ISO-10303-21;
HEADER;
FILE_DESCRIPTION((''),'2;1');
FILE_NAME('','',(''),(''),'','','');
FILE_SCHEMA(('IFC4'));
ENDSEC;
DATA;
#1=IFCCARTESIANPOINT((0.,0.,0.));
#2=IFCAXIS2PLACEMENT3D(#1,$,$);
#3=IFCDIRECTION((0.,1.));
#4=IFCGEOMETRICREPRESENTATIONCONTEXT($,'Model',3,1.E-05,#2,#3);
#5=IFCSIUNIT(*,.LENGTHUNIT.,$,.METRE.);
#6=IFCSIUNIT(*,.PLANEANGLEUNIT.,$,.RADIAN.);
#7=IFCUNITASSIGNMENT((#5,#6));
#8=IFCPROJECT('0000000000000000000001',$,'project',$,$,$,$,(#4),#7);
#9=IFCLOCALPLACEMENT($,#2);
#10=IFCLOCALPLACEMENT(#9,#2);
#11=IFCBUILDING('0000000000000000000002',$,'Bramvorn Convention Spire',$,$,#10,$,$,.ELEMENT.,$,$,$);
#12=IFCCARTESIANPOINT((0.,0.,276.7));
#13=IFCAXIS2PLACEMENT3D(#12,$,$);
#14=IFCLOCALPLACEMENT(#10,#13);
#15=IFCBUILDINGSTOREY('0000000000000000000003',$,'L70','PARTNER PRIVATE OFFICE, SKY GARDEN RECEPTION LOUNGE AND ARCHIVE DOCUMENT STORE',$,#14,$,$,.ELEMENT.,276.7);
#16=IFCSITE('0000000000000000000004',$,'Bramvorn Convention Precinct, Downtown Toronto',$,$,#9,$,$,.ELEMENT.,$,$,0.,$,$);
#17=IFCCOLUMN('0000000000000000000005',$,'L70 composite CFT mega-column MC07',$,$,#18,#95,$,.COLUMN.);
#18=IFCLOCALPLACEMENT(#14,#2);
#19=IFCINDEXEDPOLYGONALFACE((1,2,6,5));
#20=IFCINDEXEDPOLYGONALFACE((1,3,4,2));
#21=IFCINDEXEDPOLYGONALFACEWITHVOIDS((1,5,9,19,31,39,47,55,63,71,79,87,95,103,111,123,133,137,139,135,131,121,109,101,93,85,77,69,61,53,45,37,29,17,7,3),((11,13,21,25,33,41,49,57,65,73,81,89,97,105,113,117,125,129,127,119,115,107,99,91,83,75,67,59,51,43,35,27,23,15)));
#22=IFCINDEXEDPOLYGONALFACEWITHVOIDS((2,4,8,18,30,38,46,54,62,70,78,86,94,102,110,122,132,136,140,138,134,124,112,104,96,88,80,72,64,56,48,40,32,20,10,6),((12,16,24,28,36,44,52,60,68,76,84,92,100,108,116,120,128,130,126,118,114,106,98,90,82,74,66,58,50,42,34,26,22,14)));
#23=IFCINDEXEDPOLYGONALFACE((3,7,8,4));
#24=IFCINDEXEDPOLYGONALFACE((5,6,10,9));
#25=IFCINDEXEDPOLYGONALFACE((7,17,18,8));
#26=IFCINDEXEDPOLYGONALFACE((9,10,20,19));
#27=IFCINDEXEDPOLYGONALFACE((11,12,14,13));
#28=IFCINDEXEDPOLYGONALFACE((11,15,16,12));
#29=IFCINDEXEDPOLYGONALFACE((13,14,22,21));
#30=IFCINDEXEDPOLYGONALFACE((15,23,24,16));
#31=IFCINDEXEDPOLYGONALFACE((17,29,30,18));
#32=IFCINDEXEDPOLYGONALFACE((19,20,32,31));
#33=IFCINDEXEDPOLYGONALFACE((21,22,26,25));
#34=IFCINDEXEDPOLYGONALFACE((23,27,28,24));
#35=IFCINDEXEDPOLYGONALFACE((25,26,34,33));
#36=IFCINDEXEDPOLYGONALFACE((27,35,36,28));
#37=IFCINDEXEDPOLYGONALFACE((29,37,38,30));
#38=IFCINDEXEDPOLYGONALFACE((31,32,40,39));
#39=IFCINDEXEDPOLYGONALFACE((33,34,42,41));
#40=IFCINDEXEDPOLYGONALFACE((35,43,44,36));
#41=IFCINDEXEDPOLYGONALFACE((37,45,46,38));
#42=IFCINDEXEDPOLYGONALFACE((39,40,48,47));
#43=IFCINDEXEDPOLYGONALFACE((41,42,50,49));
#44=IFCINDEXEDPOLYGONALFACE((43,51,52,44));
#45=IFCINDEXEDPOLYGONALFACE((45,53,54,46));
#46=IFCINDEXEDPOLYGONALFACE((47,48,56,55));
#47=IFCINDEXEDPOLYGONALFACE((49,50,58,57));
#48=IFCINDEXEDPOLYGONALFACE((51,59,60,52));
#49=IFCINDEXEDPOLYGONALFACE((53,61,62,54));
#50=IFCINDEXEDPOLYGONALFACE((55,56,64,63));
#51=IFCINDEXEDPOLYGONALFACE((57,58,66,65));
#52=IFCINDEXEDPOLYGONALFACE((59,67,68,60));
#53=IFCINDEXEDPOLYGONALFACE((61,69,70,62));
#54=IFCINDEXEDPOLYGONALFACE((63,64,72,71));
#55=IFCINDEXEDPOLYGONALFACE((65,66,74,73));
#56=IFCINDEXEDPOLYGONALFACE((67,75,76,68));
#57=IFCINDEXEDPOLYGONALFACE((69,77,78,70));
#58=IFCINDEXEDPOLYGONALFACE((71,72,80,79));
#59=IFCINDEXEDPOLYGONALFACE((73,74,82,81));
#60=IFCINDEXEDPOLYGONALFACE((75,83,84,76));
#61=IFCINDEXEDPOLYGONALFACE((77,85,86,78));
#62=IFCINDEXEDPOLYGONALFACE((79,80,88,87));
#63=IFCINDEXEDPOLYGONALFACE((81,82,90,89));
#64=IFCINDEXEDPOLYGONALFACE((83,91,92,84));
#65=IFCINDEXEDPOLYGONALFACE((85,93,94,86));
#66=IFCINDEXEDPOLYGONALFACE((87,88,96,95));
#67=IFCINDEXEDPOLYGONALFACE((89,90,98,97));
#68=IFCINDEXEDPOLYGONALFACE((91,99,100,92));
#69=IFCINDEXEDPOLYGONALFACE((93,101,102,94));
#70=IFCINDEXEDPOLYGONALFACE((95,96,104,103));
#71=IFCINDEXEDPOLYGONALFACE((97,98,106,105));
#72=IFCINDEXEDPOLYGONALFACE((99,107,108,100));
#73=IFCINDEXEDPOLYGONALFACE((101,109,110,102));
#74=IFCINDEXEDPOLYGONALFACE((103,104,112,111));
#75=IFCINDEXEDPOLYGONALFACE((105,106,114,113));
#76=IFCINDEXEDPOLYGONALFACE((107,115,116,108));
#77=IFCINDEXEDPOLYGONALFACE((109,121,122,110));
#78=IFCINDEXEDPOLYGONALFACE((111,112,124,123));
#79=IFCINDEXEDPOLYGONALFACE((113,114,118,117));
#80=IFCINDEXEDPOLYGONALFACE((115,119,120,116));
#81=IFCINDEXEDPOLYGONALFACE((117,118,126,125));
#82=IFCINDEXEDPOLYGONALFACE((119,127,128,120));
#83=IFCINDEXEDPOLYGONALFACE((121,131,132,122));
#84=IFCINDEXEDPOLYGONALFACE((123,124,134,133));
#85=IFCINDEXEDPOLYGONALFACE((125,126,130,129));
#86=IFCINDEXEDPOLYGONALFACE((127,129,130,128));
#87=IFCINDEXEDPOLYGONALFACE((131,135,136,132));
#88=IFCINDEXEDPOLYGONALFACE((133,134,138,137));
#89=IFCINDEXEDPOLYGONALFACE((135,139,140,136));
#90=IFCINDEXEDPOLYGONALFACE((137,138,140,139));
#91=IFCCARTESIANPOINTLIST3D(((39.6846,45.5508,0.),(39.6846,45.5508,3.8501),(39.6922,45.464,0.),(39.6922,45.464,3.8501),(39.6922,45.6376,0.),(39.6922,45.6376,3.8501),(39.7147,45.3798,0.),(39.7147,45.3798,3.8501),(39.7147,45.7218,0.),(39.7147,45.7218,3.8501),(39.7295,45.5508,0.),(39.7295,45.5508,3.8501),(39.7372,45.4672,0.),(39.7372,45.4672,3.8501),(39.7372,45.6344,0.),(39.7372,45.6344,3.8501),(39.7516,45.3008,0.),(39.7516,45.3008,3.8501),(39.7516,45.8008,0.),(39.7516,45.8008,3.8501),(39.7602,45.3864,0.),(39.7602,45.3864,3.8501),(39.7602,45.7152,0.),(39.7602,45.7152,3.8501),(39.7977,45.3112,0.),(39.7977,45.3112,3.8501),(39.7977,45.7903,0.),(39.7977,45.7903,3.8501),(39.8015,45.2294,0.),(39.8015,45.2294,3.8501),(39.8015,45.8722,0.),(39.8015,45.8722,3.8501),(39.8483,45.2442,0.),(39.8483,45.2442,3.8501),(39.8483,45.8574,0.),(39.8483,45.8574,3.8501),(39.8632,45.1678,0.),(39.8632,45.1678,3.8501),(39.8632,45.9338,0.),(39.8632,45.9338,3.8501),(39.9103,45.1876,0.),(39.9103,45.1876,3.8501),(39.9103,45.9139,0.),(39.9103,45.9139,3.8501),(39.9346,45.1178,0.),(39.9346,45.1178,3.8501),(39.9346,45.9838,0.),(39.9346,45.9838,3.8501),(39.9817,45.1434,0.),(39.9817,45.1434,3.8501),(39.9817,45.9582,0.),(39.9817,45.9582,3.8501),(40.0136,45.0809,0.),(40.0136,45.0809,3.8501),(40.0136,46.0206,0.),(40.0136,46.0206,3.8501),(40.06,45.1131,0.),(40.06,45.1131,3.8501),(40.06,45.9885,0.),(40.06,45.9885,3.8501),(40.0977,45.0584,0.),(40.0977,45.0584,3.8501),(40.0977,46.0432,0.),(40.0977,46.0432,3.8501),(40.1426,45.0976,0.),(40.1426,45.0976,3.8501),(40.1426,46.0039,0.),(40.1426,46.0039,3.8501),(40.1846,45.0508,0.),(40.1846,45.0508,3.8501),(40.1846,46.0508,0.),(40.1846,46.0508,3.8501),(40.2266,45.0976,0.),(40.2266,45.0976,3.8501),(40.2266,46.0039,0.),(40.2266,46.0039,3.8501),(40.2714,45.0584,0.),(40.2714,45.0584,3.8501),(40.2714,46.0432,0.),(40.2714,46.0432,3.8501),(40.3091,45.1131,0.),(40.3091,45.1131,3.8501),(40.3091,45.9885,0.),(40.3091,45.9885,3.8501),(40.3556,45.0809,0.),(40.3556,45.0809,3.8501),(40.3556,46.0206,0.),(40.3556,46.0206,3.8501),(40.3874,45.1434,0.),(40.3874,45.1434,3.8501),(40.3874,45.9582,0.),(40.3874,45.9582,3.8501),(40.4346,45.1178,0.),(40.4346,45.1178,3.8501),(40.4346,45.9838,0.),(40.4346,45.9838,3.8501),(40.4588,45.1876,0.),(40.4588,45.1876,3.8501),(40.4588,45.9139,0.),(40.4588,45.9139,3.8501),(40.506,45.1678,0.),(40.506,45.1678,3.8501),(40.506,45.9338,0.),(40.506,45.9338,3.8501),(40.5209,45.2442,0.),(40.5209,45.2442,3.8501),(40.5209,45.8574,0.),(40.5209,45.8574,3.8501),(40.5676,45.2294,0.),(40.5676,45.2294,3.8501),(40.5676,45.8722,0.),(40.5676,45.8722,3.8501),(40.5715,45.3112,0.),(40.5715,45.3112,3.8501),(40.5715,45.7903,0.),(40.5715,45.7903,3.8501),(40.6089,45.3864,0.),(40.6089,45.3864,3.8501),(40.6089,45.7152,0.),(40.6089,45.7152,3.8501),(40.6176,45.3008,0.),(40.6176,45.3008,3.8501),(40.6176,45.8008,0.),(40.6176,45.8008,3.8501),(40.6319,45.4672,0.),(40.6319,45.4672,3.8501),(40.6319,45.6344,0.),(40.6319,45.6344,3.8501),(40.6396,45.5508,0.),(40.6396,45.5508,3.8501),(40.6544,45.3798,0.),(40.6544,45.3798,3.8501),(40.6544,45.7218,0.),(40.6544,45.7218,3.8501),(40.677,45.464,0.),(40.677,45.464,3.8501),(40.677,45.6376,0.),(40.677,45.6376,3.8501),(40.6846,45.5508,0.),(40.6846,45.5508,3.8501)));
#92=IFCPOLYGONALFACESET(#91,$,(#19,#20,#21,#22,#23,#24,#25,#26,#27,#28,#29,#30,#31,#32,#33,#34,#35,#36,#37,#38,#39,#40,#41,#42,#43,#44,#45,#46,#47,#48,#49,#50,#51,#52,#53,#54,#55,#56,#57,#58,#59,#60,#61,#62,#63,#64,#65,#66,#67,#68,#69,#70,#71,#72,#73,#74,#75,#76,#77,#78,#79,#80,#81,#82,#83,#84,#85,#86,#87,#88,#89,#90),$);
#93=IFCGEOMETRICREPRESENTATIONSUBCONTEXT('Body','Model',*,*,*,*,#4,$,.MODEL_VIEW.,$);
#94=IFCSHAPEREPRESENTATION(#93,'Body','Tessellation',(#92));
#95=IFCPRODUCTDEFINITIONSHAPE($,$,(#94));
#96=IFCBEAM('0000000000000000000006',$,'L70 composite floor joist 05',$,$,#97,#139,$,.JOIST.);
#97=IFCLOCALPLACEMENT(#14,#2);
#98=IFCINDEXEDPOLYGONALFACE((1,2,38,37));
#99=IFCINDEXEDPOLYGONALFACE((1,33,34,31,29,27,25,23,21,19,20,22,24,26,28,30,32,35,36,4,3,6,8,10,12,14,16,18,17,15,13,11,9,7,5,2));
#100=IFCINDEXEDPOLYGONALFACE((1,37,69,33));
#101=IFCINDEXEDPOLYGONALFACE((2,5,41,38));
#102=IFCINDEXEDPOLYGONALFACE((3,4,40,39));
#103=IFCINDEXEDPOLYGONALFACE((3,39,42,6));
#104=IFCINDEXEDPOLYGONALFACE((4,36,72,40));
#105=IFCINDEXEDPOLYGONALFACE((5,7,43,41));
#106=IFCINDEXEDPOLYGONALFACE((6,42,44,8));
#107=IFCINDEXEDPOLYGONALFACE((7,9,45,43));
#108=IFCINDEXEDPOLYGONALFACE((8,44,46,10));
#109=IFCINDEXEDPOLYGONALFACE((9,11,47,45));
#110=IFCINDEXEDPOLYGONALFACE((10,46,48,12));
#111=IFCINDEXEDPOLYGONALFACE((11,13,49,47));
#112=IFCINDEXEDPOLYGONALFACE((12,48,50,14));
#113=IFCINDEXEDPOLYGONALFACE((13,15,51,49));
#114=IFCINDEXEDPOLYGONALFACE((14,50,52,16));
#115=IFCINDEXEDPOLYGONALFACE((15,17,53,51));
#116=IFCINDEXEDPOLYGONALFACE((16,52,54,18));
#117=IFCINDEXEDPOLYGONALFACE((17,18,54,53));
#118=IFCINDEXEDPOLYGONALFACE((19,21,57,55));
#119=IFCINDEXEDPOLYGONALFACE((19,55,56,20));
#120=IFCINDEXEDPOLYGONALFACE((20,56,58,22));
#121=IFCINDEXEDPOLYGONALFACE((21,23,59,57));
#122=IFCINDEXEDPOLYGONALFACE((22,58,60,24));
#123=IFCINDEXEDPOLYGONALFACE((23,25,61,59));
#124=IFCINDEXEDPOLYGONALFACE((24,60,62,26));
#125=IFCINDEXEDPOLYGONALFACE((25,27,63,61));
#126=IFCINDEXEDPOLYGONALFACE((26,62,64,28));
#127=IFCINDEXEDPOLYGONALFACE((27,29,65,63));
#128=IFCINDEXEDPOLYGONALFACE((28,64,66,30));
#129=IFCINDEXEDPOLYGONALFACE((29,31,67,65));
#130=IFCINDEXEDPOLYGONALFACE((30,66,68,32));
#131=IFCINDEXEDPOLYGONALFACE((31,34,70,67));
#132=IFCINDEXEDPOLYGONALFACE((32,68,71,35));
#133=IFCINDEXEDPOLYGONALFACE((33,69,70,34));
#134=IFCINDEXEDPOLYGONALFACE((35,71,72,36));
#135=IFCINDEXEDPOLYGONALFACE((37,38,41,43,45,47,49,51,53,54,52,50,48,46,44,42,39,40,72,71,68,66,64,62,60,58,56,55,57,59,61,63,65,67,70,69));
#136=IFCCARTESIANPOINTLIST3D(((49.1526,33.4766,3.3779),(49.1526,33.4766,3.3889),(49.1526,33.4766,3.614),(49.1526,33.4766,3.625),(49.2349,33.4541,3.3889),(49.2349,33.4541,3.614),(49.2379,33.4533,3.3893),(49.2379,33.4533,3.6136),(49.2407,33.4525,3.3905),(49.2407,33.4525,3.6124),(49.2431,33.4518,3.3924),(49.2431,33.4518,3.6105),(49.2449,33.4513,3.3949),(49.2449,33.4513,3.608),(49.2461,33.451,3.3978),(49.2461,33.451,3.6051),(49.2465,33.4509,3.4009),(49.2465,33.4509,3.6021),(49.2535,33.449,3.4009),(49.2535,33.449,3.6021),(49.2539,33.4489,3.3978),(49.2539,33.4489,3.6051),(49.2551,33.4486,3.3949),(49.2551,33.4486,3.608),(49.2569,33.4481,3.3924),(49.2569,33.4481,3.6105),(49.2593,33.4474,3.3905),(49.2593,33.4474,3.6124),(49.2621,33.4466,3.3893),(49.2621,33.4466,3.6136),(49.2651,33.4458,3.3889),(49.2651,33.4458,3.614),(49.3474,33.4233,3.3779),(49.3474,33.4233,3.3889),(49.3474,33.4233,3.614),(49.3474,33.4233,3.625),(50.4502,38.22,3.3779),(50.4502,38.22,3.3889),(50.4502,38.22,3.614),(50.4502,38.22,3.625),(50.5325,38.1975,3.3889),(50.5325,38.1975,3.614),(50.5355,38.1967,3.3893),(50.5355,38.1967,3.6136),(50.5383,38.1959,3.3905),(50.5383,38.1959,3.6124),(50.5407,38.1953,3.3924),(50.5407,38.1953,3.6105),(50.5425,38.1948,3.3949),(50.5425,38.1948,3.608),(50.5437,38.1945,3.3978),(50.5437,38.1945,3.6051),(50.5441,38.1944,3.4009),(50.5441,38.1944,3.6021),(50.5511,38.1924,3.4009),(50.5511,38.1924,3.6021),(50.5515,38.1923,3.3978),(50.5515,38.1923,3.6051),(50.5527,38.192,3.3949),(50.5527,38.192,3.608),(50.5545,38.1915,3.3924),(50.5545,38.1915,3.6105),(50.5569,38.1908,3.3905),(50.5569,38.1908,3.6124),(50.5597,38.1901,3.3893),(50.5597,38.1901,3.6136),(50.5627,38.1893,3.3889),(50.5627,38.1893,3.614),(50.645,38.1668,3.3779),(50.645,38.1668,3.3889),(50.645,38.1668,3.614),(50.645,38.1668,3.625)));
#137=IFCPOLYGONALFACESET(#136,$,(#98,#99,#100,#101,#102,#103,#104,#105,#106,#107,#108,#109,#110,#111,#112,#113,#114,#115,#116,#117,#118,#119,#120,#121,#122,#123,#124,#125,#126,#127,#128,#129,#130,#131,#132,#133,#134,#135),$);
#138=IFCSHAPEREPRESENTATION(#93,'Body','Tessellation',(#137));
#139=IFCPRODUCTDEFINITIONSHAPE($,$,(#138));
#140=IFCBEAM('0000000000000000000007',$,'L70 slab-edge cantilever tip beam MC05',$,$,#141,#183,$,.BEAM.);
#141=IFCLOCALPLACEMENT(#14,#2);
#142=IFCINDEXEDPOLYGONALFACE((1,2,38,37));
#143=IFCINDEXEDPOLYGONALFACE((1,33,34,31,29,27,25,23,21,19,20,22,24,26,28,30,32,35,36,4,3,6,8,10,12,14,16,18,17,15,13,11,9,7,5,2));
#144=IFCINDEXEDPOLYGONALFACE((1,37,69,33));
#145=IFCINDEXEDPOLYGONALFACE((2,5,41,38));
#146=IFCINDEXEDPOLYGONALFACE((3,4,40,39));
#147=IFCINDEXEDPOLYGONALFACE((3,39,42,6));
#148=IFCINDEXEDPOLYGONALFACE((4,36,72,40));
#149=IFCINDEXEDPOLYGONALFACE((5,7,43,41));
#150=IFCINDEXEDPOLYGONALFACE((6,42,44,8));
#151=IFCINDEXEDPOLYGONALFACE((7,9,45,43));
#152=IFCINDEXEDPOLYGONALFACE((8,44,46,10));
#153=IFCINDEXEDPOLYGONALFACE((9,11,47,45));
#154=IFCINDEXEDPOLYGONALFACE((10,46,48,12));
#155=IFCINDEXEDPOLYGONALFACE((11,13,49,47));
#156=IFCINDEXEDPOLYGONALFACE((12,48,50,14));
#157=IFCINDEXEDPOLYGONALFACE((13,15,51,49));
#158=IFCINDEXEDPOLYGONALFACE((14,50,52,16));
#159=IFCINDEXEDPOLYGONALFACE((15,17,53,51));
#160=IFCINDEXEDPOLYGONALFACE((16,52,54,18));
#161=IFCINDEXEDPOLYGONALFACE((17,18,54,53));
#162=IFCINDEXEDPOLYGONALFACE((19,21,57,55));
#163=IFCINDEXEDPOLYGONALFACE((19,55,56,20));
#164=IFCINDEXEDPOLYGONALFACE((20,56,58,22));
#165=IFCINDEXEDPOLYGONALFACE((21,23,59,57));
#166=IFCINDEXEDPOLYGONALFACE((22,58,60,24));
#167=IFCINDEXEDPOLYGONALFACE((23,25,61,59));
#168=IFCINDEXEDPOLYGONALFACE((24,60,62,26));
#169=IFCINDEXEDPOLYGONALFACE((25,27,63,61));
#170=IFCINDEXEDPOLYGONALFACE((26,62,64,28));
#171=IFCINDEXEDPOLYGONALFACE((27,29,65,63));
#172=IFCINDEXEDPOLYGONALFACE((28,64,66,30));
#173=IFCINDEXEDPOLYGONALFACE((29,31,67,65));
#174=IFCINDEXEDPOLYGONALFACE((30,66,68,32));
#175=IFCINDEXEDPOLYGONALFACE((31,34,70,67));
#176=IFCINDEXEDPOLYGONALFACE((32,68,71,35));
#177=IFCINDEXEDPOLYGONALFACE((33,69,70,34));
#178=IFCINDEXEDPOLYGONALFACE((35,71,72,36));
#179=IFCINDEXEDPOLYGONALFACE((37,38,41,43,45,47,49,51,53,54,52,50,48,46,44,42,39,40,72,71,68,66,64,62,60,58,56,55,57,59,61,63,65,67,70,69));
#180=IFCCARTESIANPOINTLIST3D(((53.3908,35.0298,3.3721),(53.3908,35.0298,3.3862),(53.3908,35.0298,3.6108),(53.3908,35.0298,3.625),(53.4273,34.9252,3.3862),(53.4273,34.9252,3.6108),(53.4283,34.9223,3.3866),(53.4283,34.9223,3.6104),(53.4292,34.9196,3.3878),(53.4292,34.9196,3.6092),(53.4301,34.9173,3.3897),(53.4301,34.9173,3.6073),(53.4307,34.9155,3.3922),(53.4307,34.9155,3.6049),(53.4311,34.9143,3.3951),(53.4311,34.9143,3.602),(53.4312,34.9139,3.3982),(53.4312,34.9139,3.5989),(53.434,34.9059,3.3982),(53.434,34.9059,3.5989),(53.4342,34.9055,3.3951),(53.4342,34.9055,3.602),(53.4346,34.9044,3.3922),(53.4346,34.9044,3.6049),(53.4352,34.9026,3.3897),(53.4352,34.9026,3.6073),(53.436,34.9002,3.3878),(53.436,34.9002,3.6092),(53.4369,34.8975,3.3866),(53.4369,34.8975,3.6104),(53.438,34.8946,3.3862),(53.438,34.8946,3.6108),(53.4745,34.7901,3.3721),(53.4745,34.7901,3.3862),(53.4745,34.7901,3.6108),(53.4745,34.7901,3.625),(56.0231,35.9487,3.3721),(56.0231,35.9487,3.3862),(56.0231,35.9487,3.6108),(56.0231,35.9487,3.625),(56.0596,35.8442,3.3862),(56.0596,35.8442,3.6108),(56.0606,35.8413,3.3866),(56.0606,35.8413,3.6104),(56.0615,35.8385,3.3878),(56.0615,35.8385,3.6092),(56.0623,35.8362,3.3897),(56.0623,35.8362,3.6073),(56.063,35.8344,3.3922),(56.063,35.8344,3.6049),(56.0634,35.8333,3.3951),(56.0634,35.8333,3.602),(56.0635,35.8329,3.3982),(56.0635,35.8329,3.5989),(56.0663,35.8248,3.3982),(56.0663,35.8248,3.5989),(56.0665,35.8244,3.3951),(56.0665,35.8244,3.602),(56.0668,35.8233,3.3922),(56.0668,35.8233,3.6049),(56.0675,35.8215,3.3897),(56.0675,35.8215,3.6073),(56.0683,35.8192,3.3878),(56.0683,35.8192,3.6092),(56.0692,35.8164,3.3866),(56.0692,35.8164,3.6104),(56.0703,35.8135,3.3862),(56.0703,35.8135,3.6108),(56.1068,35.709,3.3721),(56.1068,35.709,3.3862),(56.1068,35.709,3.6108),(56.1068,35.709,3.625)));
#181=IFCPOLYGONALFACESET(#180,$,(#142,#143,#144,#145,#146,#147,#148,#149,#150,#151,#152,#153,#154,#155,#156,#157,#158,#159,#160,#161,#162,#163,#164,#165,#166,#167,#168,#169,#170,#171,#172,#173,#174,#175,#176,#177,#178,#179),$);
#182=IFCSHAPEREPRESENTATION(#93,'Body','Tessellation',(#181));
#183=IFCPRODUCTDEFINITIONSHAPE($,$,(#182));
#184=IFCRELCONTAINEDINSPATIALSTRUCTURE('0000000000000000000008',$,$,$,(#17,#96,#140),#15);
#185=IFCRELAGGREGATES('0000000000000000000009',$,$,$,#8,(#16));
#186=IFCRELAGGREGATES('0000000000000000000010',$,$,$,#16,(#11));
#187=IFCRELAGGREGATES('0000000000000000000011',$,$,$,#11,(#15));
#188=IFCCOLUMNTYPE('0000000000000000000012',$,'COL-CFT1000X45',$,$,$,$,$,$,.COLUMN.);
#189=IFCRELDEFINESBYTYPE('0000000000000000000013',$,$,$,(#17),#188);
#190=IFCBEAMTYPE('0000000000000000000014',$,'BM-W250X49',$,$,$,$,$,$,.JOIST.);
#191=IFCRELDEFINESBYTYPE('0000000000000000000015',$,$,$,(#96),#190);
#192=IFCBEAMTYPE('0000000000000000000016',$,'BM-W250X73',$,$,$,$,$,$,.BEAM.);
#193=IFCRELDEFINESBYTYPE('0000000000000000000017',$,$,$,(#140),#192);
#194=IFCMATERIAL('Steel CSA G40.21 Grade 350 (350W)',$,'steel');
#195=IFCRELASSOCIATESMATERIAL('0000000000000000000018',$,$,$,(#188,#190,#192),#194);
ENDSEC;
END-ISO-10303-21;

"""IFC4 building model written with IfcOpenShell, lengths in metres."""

from ifc_helpers import new_model, si_unit, direction, frame, origin, origin_2d, place, context, subcontext, project, spatial, hollow_circle, i_section, extrude, material, material_profile, profile_set, type_object, element, save


model = new_model("IFC4")

# Units and contexts
model_context = context("Model", 3, precision=1e-05, world=origin(), true_north=direction((0.0, 1.0)))
body_context = subcontext(model_context, "Body", "Model", "MODEL_VIEW")
ifc_project = project(units=[si_unit("LENGTHUNIT", "METRE"), si_unit("PLANEANGLEUNIT", "RADIAN")], contexts=[model_context])

# Site, building, storey
site_placement = place(None, origin())
site = spatial("IfcSite", under=ifc_project, at=site_placement, Name="Bramvorn Convention Precinct, Downtown Toronto", CompositionType="ELEMENT", RefElevation=0.0)
building_placement = place(site_placement, origin())
building = spatial("IfcBuilding", under=site, at=building_placement, Name="Bramvorn Convention Spire", CompositionType="ELEMENT")
storey_placement = place(building_placement, frame((0.0, 0.0, 276.7)))
storey = spatial("IfcBuildingStorey", under=building, at=storey_placement, Name="L70", Description="PARTNER PRIVATE OFFICE, SKY GARDEN RECEPTION LOUNGE AND ARCHIVE DOCUMENT STORE", CompositionType="ELEMENT", Elevation=276.7)

# Column
ifc_material_1 = material(Name="Steel CSA G40.21 Grade 350 (350W)", Category="steel")
ifc_material_profile_1 = material_profile(ifc_material_1, hollow_circle(Radius=0.5, WallThickness=0.0449, at=origin_2d()))
ifc_profile_set_1 = profile_set([ifc_material_profile_1], Name="Steel CSA G40.21 Grade 350 (350W) - CFT1000X45")
column_type = type_object("IfcColumnType", Name="COL-CFT1000X45", PredefinedType="COLUMN", material=ifc_profile_set_1)
for number, where, z_axis, x_axis, name in (
    (1, (40.1846, 45.5508, 0.0), (0.0, 0.0, 1.0), (1.0, 0.0, 0.0), "L70 composite CFT mega-column MC07"),
):
    element("IfcColumn", number, at=place(storey_placement, frame(where, z_axis=z_axis, x_axis=x_axis)), inside=storey, type_object=column_type, Name=name, PredefinedType="COLUMN", context=body_context, shape_type="SweptSolid", body=[
        extrude(hollow_circle(Radius=0.5, WallThickness=0.0449, at=origin_2d()), origin(), (0.0, 0.0, 1.0), 3.8501),
    ])

# Beams
ifc_material_profile_2 = material_profile(ifc_material_1, i_section(OverallWidth=0.2019, OverallDepth=0.2471, WebThickness=0.0073, FlangeThickness=0.011, FilletRadius=0.012, at=origin_2d()))
ifc_profile_set_2 = profile_set([ifc_material_profile_2], Name="Steel CSA G40.21 Grade 350 (350W) - W250X49")
beam_type_1 = type_object("IfcBeamType", Name="BM-W250X49", PredefinedType="JOIST", material=ifc_profile_set_2)
beam_1_placement = place(storey_placement, frame((49.25, 33.45, 3.5015), z_axis=(0.263865, 0.96456, 0.0), x_axis=(-0.96456, 0.263865, 0.0)))
element("IfcBeam", 2, at=beam_1_placement, inside=storey, type_object=beam_type_1, Name="L70 composite floor joist 05", PredefinedType="JOIST", context=body_context, shape_type="SweptSolid", body=[
    extrude(i_section(OverallWidth=0.2019, OverallDepth=0.2471, WebThickness=0.0073, FlangeThickness=0.011, FilletRadius=0.012, at=origin_2d()), origin(), (0.0, 0.0, 1.0), 4.9177),
])
ifc_material_profile_3 = material_profile(ifc_material_1, i_section(OverallWidth=0.2539, OverallDepth=0.2529, WebThickness=0.0085, FlangeThickness=0.0142, FilletRadius=0.012, at=origin_2d()))
ifc_profile_set_3 = profile_set([ifc_material_profile_3], Name="Steel CSA G40.21 Grade 350 (350W) - W250X73")
beam_type_2 = type_object("IfcBeamType", Name="BM-W250X73", PredefinedType="BEAM", material=ifc_profile_set_3)
beam_2_placement = place(storey_placement, frame((53.4326, 34.9099, 3.4985), z_axis=(0.944123, 0.329594, 0.0), x_axis=(-0.329594, 0.944123, 0.0)))
element("IfcBeam", 3, at=beam_2_placement, inside=storey, type_object=beam_type_2, Name="L70 slab-edge cantilever tip beam MC05", PredefinedType="BEAM", context=body_context, shape_type="SweptSolid", body=[
    extrude(i_section(OverallWidth=0.2539, OverallDepth=0.2529, WebThickness=0.0085, FlangeThickness=0.0142, FilletRadius=0.012, at=origin_2d()), origin(), (0.0, 0.0, 1.0), 2.7881),
])

save(model, "model.ifc")
